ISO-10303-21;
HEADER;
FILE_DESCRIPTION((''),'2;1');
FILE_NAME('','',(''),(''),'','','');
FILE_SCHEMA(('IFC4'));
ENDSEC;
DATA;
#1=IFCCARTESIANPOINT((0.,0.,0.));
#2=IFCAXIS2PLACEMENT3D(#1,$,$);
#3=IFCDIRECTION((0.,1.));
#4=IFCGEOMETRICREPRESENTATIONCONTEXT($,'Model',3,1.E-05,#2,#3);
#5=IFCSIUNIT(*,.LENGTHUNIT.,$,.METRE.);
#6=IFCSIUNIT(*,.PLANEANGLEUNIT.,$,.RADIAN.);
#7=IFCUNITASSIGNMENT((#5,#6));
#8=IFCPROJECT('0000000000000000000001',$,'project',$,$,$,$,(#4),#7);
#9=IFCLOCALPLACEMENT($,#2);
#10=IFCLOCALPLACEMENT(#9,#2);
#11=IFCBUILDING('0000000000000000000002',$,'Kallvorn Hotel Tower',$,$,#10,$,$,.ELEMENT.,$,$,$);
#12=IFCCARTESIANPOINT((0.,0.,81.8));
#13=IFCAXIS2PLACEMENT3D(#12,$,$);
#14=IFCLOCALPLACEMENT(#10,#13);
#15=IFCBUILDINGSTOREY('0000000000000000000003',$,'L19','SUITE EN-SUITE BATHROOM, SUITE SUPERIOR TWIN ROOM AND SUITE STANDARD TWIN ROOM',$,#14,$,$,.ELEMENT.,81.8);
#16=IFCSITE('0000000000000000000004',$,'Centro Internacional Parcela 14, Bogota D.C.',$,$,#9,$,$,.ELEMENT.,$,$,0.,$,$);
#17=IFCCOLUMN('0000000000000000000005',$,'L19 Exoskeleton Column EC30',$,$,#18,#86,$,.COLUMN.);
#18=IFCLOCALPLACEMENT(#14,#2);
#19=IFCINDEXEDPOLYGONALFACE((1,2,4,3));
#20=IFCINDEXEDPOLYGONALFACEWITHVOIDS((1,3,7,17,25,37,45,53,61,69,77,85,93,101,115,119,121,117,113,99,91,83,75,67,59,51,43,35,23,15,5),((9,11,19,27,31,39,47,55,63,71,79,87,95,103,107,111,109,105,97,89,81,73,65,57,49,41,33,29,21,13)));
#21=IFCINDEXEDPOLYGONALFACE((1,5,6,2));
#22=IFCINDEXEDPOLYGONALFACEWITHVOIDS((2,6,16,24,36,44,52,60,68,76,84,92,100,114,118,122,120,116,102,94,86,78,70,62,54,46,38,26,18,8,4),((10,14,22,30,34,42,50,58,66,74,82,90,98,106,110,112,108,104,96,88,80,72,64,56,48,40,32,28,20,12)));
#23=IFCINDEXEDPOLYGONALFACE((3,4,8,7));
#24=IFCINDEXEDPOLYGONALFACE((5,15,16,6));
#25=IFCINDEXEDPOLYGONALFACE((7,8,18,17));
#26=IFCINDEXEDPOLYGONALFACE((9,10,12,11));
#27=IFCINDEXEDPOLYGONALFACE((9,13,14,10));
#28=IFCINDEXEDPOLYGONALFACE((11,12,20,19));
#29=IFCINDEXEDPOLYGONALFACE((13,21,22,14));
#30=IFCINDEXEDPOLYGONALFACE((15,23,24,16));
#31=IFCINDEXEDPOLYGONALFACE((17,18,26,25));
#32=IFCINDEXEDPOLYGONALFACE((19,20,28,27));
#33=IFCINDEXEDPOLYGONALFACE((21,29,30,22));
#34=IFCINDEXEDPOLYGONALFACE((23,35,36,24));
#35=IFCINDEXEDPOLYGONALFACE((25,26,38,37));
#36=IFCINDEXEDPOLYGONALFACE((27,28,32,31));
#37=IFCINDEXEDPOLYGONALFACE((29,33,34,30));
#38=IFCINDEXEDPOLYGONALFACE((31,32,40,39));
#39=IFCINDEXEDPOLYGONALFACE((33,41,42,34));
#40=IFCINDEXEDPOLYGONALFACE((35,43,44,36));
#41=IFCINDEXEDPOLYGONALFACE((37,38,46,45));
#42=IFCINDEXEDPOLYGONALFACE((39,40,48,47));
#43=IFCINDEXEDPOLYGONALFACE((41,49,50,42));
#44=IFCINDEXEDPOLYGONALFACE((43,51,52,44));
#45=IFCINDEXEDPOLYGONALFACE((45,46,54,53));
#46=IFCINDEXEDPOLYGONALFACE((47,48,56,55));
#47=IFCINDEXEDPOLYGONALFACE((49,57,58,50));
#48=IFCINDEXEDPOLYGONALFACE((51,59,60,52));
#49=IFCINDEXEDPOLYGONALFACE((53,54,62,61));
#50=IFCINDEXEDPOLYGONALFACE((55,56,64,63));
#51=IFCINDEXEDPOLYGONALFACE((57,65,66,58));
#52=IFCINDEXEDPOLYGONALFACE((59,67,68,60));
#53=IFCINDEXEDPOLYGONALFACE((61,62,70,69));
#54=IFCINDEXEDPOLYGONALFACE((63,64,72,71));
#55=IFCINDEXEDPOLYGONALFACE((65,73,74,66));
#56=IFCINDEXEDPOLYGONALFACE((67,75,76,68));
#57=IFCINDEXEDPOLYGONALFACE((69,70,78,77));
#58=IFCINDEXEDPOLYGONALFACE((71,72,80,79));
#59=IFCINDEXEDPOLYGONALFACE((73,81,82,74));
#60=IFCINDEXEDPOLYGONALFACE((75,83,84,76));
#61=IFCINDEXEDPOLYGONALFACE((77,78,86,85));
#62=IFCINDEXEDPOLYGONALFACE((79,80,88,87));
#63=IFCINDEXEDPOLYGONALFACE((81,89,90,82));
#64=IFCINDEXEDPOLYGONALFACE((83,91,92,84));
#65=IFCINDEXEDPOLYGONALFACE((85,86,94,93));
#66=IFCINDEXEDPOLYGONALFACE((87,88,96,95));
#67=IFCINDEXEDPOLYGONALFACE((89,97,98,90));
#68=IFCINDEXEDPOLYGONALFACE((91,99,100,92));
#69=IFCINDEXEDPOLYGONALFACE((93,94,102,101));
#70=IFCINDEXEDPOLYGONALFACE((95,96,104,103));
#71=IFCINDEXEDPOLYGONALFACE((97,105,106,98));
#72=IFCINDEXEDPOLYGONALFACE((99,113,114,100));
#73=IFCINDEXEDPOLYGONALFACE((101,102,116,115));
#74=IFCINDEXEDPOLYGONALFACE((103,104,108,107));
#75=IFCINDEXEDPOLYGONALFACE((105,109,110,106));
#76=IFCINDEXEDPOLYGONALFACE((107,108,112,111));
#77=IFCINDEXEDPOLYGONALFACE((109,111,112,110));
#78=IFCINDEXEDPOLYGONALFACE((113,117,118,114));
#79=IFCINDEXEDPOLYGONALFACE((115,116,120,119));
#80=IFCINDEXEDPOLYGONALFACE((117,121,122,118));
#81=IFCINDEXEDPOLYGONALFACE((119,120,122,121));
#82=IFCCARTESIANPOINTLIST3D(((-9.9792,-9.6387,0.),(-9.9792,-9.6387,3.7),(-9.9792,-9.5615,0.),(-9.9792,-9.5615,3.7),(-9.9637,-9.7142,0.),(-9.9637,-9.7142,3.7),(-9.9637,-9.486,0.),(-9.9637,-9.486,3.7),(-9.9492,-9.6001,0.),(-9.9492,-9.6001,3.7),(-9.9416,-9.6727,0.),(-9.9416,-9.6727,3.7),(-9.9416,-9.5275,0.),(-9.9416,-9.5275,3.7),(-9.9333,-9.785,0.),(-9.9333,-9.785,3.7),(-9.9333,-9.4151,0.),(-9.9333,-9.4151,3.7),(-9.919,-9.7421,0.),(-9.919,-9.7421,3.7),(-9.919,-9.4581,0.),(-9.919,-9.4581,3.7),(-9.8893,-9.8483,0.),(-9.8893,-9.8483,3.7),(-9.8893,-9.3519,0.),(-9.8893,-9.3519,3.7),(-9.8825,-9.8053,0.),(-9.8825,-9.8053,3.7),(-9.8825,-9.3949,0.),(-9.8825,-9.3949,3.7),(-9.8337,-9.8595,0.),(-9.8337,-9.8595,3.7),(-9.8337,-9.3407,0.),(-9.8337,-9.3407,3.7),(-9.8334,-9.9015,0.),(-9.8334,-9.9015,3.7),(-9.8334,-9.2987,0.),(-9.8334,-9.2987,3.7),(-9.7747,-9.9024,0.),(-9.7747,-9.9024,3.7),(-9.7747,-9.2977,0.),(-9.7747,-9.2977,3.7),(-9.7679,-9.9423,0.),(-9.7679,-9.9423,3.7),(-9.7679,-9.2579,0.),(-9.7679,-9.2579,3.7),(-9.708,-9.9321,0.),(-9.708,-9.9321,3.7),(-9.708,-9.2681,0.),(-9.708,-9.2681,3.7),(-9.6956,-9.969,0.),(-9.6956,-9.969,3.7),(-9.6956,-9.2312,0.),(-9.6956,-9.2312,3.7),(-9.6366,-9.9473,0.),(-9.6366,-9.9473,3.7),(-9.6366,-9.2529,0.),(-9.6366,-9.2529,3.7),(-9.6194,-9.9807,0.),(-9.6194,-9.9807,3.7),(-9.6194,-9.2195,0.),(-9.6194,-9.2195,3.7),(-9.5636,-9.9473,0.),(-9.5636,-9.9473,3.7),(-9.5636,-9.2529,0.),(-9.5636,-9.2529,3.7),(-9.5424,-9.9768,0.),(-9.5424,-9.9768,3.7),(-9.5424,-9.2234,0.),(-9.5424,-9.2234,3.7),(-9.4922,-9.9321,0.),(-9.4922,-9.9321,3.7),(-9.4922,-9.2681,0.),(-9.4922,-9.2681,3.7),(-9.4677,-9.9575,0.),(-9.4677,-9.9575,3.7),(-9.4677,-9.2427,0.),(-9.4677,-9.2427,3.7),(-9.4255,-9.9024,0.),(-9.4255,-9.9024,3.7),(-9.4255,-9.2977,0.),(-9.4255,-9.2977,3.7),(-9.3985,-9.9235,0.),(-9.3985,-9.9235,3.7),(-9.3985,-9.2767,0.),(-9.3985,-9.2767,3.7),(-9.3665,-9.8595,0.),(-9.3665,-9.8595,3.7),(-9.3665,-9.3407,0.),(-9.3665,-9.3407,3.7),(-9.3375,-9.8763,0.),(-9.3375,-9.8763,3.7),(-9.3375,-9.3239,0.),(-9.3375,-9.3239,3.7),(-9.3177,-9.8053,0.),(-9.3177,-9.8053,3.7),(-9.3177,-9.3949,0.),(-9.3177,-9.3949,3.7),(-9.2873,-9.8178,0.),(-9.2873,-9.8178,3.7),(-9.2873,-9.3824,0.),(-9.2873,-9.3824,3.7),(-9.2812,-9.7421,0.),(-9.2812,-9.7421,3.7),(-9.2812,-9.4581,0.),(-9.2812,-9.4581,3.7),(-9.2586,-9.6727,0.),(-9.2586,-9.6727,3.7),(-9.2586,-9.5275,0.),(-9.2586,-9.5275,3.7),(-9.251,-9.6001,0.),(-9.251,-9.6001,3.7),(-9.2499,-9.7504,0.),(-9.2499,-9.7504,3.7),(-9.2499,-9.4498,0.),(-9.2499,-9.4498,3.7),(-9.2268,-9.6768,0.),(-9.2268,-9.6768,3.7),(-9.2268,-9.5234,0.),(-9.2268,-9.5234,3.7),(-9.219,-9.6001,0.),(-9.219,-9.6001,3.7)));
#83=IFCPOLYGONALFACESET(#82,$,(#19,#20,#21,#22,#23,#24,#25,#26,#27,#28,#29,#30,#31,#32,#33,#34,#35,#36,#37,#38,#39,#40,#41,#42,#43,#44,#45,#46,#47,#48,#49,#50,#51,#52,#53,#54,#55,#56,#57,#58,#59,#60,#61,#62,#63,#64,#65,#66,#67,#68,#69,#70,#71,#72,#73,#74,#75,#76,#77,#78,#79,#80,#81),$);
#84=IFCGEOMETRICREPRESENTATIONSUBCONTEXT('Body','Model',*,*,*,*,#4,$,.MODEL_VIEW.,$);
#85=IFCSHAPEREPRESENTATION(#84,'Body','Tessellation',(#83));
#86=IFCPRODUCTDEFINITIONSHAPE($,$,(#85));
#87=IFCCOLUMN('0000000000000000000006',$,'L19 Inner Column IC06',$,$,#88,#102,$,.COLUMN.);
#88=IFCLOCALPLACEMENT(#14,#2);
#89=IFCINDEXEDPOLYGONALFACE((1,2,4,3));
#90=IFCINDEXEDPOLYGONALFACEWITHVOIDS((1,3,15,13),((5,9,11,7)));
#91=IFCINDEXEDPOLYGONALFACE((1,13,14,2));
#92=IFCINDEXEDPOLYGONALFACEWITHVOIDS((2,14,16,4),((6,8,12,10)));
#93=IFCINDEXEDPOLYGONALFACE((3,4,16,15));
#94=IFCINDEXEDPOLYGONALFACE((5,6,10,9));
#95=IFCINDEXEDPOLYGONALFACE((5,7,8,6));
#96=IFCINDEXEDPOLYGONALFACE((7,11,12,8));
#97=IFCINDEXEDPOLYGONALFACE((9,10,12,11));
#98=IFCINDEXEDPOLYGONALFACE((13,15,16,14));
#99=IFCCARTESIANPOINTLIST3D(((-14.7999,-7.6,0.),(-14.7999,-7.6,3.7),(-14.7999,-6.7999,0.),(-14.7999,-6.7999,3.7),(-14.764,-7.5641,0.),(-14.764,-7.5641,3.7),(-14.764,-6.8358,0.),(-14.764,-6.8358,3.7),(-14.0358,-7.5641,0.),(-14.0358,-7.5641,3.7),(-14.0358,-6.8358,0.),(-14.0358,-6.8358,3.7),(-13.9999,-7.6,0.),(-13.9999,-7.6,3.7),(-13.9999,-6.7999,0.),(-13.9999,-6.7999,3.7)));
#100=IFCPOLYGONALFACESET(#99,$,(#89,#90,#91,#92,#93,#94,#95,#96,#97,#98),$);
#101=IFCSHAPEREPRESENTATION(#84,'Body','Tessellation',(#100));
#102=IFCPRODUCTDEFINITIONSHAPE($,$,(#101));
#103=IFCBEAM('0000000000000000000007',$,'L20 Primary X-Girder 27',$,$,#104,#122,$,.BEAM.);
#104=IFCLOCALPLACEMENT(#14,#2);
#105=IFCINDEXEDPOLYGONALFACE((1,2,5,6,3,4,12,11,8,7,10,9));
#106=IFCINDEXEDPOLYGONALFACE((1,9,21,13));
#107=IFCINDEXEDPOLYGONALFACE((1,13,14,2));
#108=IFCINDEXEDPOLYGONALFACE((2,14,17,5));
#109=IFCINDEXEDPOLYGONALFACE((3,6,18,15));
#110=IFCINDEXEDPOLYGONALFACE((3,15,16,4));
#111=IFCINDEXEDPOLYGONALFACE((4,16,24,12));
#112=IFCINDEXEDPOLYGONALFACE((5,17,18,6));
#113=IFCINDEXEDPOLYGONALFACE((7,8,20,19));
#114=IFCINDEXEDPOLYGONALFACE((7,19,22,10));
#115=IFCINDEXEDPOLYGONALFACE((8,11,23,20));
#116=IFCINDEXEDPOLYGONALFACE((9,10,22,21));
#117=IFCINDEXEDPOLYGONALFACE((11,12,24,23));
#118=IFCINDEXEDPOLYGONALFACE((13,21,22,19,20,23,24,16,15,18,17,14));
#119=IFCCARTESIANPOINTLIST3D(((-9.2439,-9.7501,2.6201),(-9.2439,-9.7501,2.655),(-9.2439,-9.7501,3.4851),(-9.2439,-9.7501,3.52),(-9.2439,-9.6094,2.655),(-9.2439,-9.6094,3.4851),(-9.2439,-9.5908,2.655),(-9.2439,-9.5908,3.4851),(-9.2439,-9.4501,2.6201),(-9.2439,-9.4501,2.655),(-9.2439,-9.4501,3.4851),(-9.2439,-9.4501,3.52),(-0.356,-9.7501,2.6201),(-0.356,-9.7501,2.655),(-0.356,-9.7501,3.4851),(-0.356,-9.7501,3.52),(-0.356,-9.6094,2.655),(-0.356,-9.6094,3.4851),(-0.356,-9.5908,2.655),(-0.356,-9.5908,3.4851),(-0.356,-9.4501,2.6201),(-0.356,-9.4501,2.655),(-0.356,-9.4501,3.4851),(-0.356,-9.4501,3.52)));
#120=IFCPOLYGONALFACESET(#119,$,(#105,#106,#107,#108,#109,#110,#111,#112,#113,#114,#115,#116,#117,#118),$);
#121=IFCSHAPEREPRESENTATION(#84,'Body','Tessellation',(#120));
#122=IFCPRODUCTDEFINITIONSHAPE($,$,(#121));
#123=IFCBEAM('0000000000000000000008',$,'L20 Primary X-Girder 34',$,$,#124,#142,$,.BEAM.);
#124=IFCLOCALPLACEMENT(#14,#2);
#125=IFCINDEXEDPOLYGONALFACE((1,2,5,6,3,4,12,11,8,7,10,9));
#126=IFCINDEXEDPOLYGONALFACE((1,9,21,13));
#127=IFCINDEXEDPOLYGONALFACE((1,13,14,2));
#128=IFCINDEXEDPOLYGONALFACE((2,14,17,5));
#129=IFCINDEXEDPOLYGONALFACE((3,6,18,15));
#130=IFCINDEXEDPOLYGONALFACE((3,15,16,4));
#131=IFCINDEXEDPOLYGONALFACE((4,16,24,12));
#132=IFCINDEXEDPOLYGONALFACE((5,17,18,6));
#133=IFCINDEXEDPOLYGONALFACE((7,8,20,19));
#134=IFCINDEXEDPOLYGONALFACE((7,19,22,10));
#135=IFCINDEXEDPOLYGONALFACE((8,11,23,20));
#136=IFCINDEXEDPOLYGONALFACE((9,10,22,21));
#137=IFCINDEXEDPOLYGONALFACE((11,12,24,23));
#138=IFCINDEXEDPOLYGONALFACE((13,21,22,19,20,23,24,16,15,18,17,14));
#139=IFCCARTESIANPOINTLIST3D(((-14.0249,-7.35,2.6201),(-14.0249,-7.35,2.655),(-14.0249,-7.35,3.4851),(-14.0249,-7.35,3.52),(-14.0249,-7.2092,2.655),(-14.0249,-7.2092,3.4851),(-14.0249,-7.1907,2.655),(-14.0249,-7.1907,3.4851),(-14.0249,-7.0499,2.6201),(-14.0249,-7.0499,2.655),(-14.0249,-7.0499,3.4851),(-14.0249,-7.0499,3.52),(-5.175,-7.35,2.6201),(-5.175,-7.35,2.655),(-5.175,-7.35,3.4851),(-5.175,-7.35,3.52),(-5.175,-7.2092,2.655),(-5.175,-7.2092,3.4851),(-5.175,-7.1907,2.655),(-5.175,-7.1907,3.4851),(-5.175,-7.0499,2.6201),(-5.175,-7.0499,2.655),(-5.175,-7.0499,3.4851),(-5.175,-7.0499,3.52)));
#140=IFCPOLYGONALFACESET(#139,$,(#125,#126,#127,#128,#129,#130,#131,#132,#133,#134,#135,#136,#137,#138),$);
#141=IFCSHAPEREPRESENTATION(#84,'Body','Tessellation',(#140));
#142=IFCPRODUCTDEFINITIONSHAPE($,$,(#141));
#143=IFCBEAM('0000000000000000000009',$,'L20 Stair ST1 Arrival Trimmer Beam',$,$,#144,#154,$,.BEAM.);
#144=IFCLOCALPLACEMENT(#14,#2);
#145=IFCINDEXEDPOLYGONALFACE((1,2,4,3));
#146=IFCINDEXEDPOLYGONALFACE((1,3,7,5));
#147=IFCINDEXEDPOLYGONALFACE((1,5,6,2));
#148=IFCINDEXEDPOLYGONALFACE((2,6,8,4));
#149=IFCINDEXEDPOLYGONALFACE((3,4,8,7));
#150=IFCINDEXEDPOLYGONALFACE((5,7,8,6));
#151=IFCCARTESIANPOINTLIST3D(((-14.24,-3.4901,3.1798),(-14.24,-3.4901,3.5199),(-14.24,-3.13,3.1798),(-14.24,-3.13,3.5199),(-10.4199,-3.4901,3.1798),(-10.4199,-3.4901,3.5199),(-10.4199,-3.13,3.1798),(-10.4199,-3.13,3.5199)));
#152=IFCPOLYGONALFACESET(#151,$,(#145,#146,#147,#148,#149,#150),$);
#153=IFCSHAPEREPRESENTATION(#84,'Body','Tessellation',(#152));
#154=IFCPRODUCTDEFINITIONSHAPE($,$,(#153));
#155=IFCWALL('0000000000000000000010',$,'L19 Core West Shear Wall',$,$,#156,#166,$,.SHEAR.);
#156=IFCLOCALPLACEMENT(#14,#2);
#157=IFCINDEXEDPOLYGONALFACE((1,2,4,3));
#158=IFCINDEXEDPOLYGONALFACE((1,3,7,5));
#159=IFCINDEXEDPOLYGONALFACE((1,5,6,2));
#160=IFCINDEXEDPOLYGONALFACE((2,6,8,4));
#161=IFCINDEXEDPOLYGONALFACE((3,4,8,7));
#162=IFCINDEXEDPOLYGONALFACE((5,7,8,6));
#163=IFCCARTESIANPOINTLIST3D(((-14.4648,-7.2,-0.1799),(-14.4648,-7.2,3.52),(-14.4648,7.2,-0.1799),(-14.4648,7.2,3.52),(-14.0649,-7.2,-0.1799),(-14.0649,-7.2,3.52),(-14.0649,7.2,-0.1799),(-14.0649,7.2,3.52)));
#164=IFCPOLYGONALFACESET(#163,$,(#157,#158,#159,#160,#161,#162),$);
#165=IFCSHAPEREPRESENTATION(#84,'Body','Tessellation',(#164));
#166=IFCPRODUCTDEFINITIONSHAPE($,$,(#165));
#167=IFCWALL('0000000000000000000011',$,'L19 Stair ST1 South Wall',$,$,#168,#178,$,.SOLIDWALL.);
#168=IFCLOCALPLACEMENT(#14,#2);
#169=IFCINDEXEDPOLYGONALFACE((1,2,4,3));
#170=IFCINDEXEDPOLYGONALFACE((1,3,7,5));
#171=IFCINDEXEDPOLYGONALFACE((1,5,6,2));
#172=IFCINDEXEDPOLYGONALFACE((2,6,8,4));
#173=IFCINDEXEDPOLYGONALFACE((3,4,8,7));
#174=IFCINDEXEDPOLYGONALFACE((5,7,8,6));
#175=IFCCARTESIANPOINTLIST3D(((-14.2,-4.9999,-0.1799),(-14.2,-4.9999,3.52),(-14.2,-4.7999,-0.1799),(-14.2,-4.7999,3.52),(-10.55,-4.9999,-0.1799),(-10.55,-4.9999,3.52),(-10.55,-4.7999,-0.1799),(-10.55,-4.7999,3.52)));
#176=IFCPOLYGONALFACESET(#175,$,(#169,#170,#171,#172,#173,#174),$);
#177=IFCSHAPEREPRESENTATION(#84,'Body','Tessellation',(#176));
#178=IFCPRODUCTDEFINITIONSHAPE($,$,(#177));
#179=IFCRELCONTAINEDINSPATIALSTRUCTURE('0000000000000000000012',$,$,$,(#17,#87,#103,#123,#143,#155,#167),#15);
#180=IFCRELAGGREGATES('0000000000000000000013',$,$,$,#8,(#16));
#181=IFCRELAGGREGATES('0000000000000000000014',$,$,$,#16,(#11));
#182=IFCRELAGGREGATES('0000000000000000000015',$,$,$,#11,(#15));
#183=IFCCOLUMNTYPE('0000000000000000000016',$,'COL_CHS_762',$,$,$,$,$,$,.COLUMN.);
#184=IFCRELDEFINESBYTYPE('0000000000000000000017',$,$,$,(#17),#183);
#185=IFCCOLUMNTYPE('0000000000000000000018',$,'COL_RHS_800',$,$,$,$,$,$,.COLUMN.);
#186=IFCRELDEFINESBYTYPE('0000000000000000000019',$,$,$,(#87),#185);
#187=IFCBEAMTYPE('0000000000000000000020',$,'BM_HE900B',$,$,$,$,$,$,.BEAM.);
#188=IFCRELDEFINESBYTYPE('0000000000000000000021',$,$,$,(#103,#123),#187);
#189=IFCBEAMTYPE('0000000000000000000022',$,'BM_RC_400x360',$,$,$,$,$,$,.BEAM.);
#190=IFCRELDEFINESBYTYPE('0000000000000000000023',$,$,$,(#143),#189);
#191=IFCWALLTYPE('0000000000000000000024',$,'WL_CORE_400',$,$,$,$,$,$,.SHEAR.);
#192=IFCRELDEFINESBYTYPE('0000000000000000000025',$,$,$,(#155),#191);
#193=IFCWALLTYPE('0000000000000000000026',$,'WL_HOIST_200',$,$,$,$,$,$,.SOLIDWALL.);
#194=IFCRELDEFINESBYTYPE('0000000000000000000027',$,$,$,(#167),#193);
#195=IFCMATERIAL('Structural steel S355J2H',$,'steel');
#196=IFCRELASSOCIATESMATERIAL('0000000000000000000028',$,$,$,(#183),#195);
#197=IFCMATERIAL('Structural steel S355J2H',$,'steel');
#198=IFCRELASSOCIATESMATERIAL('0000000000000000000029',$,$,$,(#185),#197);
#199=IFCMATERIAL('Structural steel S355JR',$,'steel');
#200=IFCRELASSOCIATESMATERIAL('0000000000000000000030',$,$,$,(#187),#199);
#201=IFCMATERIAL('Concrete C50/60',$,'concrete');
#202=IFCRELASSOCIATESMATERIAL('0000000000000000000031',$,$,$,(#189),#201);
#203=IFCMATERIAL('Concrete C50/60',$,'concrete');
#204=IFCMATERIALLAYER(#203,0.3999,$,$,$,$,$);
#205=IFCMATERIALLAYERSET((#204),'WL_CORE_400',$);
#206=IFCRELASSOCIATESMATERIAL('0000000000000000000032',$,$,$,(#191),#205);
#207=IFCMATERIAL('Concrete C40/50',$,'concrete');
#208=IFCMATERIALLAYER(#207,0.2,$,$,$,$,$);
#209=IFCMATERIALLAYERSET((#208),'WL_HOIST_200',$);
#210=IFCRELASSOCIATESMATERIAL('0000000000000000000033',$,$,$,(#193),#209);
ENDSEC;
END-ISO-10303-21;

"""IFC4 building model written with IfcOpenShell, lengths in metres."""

from ifc_helpers import new_model, si_unit, direction, frame, frame_2d, origin, origin_2d, place, context, subcontext, project, spatial, rectangle, hollow_rectangle, hollow_circle, i_section, extrude, material, layer, layer_set, material_profile, profile_set, type_object, element, save


model = new_model("IFC4")

# Units and contexts
model_context = context("Model", 3, precision=1e-05, world=origin(), true_north=direction((0.0, 1.0)))
body_context = subcontext(model_context, "Body", "Model", "MODEL_VIEW")
ifc_project = project(units=[si_unit("LENGTHUNIT", "METRE"), si_unit("PLANEANGLEUNIT", "RADIAN")], contexts=[model_context])

# Site, building, storey
site_placement = place(None, origin())
site = spatial("IfcSite", under=ifc_project, at=site_placement, Name="Centro Internacional Parcela 14, Bogota D.C.", CompositionType="ELEMENT", RefElevation=0.0)
building_placement = place(site_placement, origin())
building = spatial("IfcBuilding", under=site, at=building_placement, Name="Kallvorn Hotel Tower", CompositionType="ELEMENT")
storey_placement = place(building_placement, frame((0.0, 0.0, 81.8)))
storey = spatial("IfcBuildingStorey", under=building, at=storey_placement, Name="L19", Description="SUITE EN-SUITE BATHROOM, SUITE SUPERIOR TWIN ROOM AND SUITE STANDARD TWIN ROOM", CompositionType="ELEMENT", Elevation=81.8)

# Columns
ifc_material_1 = material(Name="Structural steel S355J2H", Category="steel")
ifc_material_profile_1 = material_profile(ifc_material_1, hollow_circle(Radius=0.3811, WallThickness=0.032, at=origin_2d()), Name="CHS 762x32")
ifc_profile_set_1 = profile_set([ifc_material_profile_1], Name="Structural steel S355J2H")
column_type_1 = type_object("IfcColumnType", Name="COL_CHS_762", PredefinedType="COLUMN", material=ifc_profile_set_1)
column_1_placement = place(storey_placement, frame((-9.6001, -9.6001, 0.0), z_axis=(0.0, 0.0, 1.0), x_axis=(1.0, 0.0, 0.0)))
element("IfcColumn", 1, at=column_1_placement, inside=storey, type_object=column_type_1, Name="L19 Exoskeleton Column EC30", PredefinedType="COLUMN", context=body_context, shape_type="SweptSolid", body=[
    extrude(hollow_circle(Radius=0.3811, WallThickness=0.032, at=origin_2d()), origin(), (0.0, 0.0, 1.0), 3.7),
])
ifc_material_2 = material(Name="Structural steel S355J2H", Category="steel")
ifc_material_profile_2 = material_profile(ifc_material_2, hollow_rectangle(XDim=0.8, YDim=0.8, WallThickness=0.0359, at=origin_2d()), Name="RHS 800x800x36")
ifc_profile_set_2 = profile_set([ifc_material_profile_2], Name="Structural steel S355J2H")
column_type_2 = type_object("IfcColumnType", Name="COL_RHS_800", PredefinedType="COLUMN", material=ifc_profile_set_2)
column_2_placement = place(storey_placement, frame((-14.3999, -7.2, 0.0), z_axis=(0.0, 0.0, 1.0), x_axis=(1.0, 0.0, 0.0)))
element("IfcColumn", 2, at=column_2_placement, inside=storey, type_object=column_type_2, Name="L19 Inner Column IC06", PredefinedType="COLUMN", context=body_context, shape_type="SweptSolid", body=[
    extrude(hollow_rectangle(XDim=0.8, YDim=0.8, WallThickness=0.0359, at=origin_2d()), origin(), (0.0, 0.0, 1.0), 3.7),
])

# Beams
ifc_material_3 = material(Name="Structural steel S355JR", Category="steel")
ifc_material_profile_3 = material_profile(ifc_material_3, i_section(OverallWidth=0.3, OverallDepth=0.8999, WebThickness=0.0186, FlangeThickness=0.0349, at=origin_2d()), Name="HE 900 B")
ifc_profile_set_3 = profile_set([ifc_material_profile_3], Name="Structural steel S355JR")
beam_type_1 = type_object("IfcBeamType", Name="BM_HE900B", PredefinedType="BEAM", material=ifc_profile_set_3)
beam_1_placement = place(storey_placement, frame((-9.2439, -9.6001, 3.0701), z_axis=(1.0, 0.0, 0.0), x_axis=(0.0, 1.0, 0.0)))
element("IfcBeam", 3, at=beam_1_placement, inside=storey, type_object=beam_type_1, Name="L20 Primary X-Girder 27", PredefinedType="BEAM", context=body_context, shape_type="SweptSolid", body=[
    extrude(i_section(OverallWidth=0.3, OverallDepth=0.8999, WebThickness=0.0186, FlangeThickness=0.0349, at=origin_2d()), origin(), (0.0, 0.0, 1.0), 8.8879),
])
beam_2_placement = place(storey_placement, frame((-14.0249, -7.2, 3.0701), z_axis=(1.0, 0.0, 0.0), x_axis=(0.0, 1.0, 0.0)))
element("IfcBeam", 4, at=beam_2_placement, inside=storey, type_object=beam_type_1, Name="L20 Primary X-Girder 34", PredefinedType="BEAM", context=body_context, shape_type="SweptSolid", body=[
    extrude(i_section(OverallWidth=0.3, OverallDepth=0.8999, WebThickness=0.0186, FlangeThickness=0.0349, at=origin_2d()), origin(), (0.0, 0.0, 1.0), 8.8499),
])
ifc_material_4 = material(Name="Concrete C50/60", Category="concrete")
ifc_material_profile_4 = material_profile(ifc_material_4, rectangle(XDim=0.3601, YDim=0.3401, at=origin_2d()), Name="RC 360x340")
ifc_profile_set_4 = profile_set([ifc_material_profile_4], Name="Concrete C50/60")
beam_type_2 = type_object("IfcBeamType", Name="BM_RC_400x360", PredefinedType="BEAM", material=ifc_profile_set_4)
beam_3_placement = place(storey_placement, frame((-10.4199, -3.3101, 3.3499), z_axis=(-1.0, 0.0, 0.0), x_axis=(0.0, -1.0, 0.0)))
element("IfcBeam", 5, at=beam_3_placement, inside=storey, type_object=beam_type_2, Name="L20 Stair ST1 Arrival Trimmer Beam", PredefinedType="BEAM", context=body_context, shape_type="SweptSolid", body=[
    extrude(rectangle(XDim=0.3601, YDim=0.3401, at=origin_2d()), origin(), (0.0, 0.0, 1.0), 3.8201),
])

# Walls
ifc_material_5 = material(Name="Concrete C50/60", Category="concrete")
ifc_layer_1 = layer(ifc_material_5, 0.3999)
ifc_layer_set_1 = layer_set([ifc_layer_1], Name="WL_CORE_400")
wall_type_1 = type_object("IfcWallType", Name="WL_CORE_400", PredefinedType="SHEAR", material=ifc_layer_set_1)
wall_1_placement = place(storey_placement, frame((-14.2649, -7.2, -0.1799), z_axis=(0.0, 0.0, 1.0), x_axis=(0.0, 1.0, 0.0)))
element("IfcWall", 6, at=wall_1_placement, inside=storey, type_object=wall_type_1, Name="L19 Core West Shear Wall", PredefinedType="SHEAR", context=body_context, shape_type="SweptSolid", body=[
    extrude(rectangle(XDim=14.3999, YDim=0.3999, at=frame_2d((7.2, 0.0))), origin(), (0.0, 0.0, 1.0), 3.7),
])
ifc_material_6 = material(Name="Concrete C40/50", Category="concrete")
ifc_layer_2 = layer(ifc_material_6, 0.2)
ifc_layer_set_2 = layer_set([ifc_layer_2], Name="WL_HOIST_200")
wall_type_2 = type_object("IfcWallType", Name="WL_HOIST_200", PredefinedType="SOLIDWALL", material=ifc_layer_set_2)
wall_2_placement = place(storey_placement, frame((-14.2, -4.8999, -0.1799), z_axis=(0.0, 0.0, 1.0), x_axis=(1.0, 0.0, 0.0)))
element("IfcWall", 7, at=wall_2_placement, inside=storey, type_object=wall_type_2, Name="L19 Stair ST1 South Wall", PredefinedType="SOLIDWALL", context=body_context, shape_type="SweptSolid", body=[
    extrude(rectangle(XDim=3.6499, YDim=0.2, at=frame_2d((1.825, 0.0))), origin(), (0.0, 0.0, 1.0), 3.7),
])

save(model, "model.ifc")
